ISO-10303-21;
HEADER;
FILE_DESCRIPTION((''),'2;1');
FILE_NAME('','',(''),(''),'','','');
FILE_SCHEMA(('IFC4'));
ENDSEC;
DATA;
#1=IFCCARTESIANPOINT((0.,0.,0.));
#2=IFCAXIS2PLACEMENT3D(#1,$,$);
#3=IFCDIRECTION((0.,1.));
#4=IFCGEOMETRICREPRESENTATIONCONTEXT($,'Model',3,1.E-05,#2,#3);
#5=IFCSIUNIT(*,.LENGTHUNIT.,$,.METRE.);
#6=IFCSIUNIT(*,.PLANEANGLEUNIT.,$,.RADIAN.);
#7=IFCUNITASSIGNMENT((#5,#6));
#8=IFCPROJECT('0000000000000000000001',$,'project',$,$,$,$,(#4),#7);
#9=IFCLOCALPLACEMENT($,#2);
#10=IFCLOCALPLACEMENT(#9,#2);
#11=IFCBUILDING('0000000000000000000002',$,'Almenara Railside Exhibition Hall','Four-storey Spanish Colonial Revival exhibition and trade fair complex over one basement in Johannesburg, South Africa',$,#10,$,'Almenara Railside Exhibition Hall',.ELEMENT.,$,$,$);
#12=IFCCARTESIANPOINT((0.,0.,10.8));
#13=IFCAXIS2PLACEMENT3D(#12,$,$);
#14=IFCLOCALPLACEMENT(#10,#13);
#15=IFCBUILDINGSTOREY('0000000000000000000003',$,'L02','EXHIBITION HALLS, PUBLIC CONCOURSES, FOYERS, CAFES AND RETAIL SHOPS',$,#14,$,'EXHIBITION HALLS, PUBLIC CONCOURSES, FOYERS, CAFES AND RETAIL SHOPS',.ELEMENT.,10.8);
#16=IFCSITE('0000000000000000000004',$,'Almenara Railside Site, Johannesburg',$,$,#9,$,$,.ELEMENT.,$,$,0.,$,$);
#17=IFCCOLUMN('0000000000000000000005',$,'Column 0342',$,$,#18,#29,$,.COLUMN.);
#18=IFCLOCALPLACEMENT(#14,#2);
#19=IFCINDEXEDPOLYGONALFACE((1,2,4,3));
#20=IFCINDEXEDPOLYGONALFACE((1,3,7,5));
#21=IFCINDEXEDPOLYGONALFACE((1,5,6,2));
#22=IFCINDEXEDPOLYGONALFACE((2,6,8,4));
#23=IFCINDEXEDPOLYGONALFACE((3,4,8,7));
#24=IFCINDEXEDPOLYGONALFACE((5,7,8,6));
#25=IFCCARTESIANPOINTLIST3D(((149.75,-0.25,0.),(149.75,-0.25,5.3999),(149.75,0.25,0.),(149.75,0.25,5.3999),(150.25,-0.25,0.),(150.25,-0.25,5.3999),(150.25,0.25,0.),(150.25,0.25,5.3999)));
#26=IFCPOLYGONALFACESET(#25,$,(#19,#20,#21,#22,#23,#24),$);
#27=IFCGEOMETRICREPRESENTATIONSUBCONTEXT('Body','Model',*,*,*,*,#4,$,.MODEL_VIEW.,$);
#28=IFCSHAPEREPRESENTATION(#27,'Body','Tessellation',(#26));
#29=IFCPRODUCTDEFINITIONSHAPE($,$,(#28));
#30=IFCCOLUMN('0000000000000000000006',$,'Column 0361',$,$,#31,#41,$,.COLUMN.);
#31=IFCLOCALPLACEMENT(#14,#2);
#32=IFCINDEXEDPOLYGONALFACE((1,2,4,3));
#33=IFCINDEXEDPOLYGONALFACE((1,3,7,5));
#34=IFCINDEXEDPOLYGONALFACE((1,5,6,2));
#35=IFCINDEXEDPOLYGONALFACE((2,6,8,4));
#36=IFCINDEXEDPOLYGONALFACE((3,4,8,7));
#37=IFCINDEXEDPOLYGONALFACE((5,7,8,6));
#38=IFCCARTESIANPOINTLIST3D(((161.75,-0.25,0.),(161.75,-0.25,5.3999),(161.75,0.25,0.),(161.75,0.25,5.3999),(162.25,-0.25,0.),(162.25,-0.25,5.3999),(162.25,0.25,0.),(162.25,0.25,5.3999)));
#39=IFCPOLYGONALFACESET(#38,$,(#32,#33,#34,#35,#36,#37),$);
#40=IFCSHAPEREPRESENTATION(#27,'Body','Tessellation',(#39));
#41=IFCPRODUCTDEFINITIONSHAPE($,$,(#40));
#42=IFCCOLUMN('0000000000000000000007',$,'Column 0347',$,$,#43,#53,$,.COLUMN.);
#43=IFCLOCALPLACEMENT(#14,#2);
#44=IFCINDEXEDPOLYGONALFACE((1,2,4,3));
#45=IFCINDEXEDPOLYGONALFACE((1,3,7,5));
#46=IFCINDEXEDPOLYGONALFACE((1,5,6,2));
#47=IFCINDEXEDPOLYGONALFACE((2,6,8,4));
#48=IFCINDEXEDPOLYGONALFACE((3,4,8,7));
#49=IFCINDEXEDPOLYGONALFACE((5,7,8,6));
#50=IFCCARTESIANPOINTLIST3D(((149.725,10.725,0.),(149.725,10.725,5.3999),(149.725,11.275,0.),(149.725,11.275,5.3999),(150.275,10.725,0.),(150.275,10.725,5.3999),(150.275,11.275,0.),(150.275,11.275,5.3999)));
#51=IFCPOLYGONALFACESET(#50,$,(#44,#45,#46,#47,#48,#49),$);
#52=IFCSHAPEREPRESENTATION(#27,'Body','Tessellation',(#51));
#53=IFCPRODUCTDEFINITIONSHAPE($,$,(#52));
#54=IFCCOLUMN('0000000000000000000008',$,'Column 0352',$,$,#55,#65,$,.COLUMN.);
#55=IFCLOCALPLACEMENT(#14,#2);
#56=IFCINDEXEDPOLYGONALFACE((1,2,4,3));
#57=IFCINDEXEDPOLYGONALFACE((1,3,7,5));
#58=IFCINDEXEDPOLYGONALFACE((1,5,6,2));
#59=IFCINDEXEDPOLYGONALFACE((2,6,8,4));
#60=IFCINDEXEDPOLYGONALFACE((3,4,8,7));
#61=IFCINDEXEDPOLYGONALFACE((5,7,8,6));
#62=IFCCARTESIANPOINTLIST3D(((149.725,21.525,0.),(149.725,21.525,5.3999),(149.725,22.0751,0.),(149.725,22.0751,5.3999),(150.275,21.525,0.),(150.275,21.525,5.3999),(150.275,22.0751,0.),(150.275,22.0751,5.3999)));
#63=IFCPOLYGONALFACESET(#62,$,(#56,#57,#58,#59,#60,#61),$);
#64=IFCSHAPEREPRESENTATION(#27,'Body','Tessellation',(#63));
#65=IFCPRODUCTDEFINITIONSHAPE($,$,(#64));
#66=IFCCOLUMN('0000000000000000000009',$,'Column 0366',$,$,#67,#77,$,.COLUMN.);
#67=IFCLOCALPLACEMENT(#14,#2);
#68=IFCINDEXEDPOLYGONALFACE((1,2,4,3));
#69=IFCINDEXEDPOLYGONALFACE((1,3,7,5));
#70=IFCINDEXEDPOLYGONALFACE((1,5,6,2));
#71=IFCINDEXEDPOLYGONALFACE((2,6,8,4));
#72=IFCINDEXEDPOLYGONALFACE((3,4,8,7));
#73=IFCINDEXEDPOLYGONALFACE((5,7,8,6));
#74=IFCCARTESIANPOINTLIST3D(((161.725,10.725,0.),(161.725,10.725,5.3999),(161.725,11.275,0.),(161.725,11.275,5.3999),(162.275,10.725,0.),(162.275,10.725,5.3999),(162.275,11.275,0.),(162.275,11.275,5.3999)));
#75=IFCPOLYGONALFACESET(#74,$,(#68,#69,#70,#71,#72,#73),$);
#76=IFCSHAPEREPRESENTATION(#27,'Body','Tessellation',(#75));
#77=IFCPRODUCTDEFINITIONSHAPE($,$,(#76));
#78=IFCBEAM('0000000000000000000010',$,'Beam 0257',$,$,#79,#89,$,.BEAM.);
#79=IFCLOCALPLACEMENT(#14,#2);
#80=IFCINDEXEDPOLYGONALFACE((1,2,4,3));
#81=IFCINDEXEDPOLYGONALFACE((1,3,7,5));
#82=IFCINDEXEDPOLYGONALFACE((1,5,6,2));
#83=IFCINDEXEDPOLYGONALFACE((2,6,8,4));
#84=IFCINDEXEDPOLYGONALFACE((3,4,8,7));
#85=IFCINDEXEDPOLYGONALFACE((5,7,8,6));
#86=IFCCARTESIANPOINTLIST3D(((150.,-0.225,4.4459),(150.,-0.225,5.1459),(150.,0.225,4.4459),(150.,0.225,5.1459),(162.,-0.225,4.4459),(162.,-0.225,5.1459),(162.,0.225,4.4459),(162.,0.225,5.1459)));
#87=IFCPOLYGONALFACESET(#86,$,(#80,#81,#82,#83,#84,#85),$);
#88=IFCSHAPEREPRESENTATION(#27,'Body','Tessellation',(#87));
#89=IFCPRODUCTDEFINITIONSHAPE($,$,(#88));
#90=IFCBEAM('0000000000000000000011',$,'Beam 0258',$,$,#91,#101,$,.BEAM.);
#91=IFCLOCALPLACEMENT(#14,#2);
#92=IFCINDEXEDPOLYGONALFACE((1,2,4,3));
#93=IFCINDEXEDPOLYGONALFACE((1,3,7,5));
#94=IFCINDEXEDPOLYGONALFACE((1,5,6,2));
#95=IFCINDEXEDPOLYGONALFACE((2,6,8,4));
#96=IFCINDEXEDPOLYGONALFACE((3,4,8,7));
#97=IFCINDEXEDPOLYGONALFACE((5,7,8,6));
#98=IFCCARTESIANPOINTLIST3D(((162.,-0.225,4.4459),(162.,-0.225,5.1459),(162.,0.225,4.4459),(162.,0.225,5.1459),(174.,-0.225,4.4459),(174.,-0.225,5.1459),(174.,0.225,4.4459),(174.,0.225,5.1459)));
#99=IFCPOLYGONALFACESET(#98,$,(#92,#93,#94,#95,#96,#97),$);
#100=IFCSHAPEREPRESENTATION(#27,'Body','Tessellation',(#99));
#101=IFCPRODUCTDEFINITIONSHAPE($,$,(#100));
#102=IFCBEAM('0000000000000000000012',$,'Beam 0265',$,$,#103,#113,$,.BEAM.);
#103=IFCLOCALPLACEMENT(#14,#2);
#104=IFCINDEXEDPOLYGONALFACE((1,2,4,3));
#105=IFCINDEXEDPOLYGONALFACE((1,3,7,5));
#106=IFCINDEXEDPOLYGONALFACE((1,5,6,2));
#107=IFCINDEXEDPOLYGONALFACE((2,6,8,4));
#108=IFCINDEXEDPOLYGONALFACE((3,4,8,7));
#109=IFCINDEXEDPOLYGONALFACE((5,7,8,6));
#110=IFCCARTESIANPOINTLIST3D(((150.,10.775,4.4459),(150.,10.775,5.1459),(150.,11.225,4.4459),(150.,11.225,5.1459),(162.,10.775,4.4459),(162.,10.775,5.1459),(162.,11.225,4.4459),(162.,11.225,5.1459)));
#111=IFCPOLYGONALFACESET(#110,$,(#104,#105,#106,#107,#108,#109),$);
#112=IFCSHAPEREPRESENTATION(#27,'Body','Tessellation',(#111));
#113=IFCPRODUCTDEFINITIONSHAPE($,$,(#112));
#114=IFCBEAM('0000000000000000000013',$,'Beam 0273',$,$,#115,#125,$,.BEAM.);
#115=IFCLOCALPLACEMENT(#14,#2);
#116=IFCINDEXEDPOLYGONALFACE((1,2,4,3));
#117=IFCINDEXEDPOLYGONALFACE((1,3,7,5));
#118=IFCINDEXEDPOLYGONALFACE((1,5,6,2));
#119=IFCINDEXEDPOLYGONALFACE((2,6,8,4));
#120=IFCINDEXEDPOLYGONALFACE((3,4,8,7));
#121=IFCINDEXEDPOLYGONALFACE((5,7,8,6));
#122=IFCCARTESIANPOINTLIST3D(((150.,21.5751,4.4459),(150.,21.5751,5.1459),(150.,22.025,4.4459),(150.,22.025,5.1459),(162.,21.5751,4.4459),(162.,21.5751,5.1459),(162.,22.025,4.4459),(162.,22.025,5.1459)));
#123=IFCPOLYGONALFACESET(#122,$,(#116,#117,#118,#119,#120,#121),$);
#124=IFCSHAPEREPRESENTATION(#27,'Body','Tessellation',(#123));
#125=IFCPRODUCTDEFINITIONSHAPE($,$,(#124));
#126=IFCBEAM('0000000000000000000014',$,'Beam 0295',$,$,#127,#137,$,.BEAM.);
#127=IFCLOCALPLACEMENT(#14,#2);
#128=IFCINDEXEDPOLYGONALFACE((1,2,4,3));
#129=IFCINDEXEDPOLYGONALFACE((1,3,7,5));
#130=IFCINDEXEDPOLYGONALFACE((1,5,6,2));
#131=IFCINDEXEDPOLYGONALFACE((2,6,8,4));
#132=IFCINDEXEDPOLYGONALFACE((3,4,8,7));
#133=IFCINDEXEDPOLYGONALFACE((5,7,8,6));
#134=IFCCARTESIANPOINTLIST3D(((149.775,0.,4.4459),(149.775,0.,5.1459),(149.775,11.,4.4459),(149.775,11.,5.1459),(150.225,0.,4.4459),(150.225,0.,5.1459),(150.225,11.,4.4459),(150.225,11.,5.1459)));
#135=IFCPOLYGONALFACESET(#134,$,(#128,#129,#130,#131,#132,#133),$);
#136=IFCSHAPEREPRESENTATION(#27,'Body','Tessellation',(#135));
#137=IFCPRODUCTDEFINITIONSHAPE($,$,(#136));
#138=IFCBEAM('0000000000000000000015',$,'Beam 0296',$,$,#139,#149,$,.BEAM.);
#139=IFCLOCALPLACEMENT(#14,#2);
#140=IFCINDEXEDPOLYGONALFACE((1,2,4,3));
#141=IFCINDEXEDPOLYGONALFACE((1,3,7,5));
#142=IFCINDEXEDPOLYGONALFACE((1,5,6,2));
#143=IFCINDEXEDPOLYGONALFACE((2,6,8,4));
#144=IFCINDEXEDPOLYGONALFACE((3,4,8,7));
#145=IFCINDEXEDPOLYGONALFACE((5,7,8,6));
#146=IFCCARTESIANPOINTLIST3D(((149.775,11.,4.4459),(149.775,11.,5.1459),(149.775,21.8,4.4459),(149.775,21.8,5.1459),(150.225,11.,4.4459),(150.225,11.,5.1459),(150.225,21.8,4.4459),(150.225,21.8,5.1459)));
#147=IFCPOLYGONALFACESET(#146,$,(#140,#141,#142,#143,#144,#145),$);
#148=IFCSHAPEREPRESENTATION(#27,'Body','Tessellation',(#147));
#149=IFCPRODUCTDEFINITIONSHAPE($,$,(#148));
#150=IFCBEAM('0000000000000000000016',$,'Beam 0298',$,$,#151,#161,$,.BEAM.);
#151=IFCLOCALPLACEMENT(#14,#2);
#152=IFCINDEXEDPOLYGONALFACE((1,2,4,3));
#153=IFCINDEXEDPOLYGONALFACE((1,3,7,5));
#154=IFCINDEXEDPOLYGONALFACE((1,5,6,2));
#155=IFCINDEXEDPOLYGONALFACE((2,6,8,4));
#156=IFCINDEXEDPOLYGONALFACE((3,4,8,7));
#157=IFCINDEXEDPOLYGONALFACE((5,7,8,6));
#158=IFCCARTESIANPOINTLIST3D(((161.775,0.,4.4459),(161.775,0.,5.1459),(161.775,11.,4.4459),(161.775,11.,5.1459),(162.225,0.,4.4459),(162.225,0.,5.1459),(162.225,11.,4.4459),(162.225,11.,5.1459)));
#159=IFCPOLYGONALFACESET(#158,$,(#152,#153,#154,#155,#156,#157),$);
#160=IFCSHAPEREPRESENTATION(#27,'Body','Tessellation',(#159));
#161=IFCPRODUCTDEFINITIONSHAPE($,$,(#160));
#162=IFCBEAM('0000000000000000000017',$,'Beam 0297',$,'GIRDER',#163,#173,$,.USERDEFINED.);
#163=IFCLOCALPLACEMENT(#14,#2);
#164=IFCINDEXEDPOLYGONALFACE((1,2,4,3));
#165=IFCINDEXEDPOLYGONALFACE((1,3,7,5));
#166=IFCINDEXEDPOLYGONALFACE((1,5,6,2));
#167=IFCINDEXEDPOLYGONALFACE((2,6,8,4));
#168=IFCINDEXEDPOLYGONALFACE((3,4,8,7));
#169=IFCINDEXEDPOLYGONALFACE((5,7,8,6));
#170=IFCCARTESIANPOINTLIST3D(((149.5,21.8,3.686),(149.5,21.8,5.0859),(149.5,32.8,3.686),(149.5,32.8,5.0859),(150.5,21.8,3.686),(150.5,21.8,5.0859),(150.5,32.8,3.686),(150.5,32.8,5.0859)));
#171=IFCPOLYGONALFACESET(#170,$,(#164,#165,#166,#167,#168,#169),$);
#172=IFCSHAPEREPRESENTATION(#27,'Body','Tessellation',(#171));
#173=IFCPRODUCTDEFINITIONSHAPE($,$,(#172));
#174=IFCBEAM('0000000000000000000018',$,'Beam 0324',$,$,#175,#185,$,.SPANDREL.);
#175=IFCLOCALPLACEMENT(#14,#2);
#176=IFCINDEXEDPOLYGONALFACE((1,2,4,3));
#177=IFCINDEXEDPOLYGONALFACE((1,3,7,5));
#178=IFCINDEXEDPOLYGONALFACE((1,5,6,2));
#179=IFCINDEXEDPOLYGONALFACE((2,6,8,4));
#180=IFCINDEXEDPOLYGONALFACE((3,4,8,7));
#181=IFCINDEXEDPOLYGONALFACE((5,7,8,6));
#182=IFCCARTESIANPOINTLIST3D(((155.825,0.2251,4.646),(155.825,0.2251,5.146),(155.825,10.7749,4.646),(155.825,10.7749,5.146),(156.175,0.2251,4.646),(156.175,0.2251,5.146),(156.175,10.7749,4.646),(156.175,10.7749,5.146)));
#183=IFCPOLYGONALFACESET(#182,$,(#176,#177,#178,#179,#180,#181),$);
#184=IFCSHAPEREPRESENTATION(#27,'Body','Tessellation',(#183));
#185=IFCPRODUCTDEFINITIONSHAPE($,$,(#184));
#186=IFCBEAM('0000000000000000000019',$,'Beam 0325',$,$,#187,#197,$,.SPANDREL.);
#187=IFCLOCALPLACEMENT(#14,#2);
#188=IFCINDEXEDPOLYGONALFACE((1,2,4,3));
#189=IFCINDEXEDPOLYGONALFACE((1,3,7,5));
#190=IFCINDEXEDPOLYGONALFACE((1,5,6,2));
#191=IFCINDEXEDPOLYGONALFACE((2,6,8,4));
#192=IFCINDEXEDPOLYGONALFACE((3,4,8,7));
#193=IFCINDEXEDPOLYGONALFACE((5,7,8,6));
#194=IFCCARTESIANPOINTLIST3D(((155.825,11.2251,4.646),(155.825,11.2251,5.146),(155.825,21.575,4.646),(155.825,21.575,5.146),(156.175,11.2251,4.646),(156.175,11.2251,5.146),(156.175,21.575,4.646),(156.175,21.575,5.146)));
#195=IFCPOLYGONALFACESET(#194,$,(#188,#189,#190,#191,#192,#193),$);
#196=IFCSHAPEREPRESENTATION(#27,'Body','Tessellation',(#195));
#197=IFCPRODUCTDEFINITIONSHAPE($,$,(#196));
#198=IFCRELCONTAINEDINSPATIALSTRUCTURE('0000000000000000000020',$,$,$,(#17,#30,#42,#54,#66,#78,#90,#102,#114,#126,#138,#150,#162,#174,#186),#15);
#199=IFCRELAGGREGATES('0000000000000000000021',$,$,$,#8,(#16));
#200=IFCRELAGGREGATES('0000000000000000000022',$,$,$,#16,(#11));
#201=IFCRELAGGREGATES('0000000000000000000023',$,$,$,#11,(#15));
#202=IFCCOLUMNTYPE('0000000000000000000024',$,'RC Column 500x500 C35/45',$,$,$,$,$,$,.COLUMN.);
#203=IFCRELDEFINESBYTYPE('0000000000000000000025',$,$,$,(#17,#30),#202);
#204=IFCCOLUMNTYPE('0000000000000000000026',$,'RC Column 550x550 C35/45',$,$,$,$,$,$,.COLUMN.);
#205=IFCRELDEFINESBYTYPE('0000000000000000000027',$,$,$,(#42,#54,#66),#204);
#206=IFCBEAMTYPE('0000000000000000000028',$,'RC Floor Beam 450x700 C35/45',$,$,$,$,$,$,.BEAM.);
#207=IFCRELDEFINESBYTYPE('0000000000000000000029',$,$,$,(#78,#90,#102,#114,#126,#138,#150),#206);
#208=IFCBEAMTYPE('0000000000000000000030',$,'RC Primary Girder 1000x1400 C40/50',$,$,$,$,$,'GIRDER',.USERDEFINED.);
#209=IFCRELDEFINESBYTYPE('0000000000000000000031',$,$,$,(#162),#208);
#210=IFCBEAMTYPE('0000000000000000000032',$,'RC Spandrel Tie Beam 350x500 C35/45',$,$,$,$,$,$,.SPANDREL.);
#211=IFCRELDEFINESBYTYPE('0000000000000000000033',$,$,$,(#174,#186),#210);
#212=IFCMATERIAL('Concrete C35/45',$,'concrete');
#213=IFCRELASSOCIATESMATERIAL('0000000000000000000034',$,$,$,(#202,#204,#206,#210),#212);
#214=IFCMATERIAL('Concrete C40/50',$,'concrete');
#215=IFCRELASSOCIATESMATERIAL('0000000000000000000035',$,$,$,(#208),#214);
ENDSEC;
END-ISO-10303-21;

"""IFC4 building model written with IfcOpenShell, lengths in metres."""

from ifc_helpers import new_model, si_unit, direction, frame, origin, origin_2d, place, context, subcontext, project, spatial, rectangle, extrude, material, material_profile, profile_set, type_object, element, save


model = new_model("IFC4")

# Units and contexts
model_context = context("Model", 3, precision=1e-05, world=origin(), true_north=direction((0.0, 1.0)))
body_context = subcontext(model_context, "Body", "Model", "MODEL_VIEW")
ifc_project = project(units=[si_unit("LENGTHUNIT", "METRE"), si_unit("PLANEANGLEUNIT", "RADIAN")], contexts=[model_context])

# Site, building, storey
site_placement = place(None, origin())
site = spatial("IfcSite", under=ifc_project, at=site_placement, Name="Almenara Railside Site, Johannesburg", CompositionType="ELEMENT", RefElevation=0.0)
building_placement = place(site_placement, origin())
building = spatial("IfcBuilding", under=site, at=building_placement, Name="Almenara Railside Exhibition Hall", Description="Four-storey Spanish Colonial Revival exhibition and trade fair complex over one basement in Johannesburg, South Africa", LongName="Almenara Railside Exhibition Hall", CompositionType="ELEMENT")
storey_placement = place(building_placement, frame((0.0, 0.0, 10.8)))
storey = spatial("IfcBuildingStorey", under=building, at=storey_placement, Name="L02", Description="EXHIBITION HALLS, PUBLIC CONCOURSES, FOYERS, CAFES AND RETAIL SHOPS", LongName="EXHIBITION HALLS, PUBLIC CONCOURSES, FOYERS, CAFES AND RETAIL SHOPS", CompositionType="ELEMENT", Elevation=10.8)

# Columns
ifc_material_1 = material(Name="Concrete C35/45", Category="concrete")
ifc_material_profile_1 = material_profile(ifc_material_1, rectangle(XDim=0.5, YDim=0.5, at=origin_2d()), Name="RC 500x500")
ifc_profile_set_1 = profile_set([ifc_material_profile_1], Name="Concrete C35/45")
column_type_1 = type_object("IfcColumnType", Name="RC Column 500x500 C35/45", PredefinedType="COLUMN", material=ifc_profile_set_1)
for number, where, z_axis, x_axis, name in (
    (1, (150.0, 0.0, 0.0), (0.0, 0.0, 1.0), (1.0, 0.0, 0.0), "Column 0342"),
    (2, (162.0, 0.0, 0.0), (0.0, 0.0, 1.0), (1.0, 0.0, 0.0), "Column 0361"),
):
    element("IfcColumn", number, at=place(storey_placement, frame(where, z_axis=z_axis, x_axis=x_axis)), inside=storey, type_object=column_type_1, Name=name, PredefinedType="COLUMN", context=body_context, shape_type="SweptSolid", body=[
        extrude(rectangle(XDim=0.5, YDim=0.5, at=origin_2d()), origin(), (0.0, 0.0, 1.0), 5.3999),
    ])
ifc_material_profile_2 = material_profile(ifc_material_1, rectangle(XDim=0.55, YDim=0.55, at=origin_2d()), Name="RC 550x550")
ifc_profile_set_2 = profile_set([ifc_material_profile_2], Name="Concrete C35/45")
column_type_2 = type_object("IfcColumnType", Name="RC Column 550x550 C35/45", PredefinedType="COLUMN", material=ifc_profile_set_2)
for number, where, z_axis, x_axis, name in (
    (3, (150.0, 11.0, 0.0), (0.0, 0.0, 1.0), (1.0, 0.0, 0.0), "Column 0347"),
    (4, (150.0, 21.8, 0.0), (0.0, 0.0, 1.0), (1.0, 0.0, 0.0), "Column 0352"),
    (5, (162.0, 11.0, 0.0), (0.0, 0.0, 1.0), (1.0, 0.0, 0.0), "Column 0366"),
):
    element("IfcColumn", number, at=place(storey_placement, frame(where, z_axis=z_axis, x_axis=x_axis)), inside=storey, type_object=column_type_2, Name=name, PredefinedType="COLUMN", context=body_context, shape_type="SweptSolid", body=[
        extrude(rectangle(XDim=0.55, YDim=0.55, at=origin_2d()), origin(), (0.0, 0.0, 1.0), 5.3999),
    ])

# Beams
ifc_material_profile_3 = material_profile(ifc_material_1, rectangle(XDim=0.45, YDim=0.7, at=origin_2d()), Name="RC 450x700")
ifc_profile_set_3 = profile_set([ifc_material_profile_3], Name="Concrete C35/45")
beam_type_1 = type_object("IfcBeamType", Name="RC Floor Beam 450x700 C35/45", PredefinedType="BEAM", material=ifc_profile_set_3)
for number, where, z_axis, x_axis, name in (
    (6, (150.0, 0.0, 4.7959), (1.0, 0.0, 0.0), (0.0, 1.0, 0.0), "Beam 0257"),
    (7, (162.0, 0.0, 4.7959), (1.0, 0.0, 0.0), (0.0, 1.0, 0.0), "Beam 0258"),
    (8, (150.0, 11.0, 4.7959), (1.0, 0.0, 0.0), (0.0, 1.0, 0.0), "Beam 0265"),
    (9, (150.0, 21.8, 4.7959), (1.0, 0.0, 0.0), (0.0, 1.0, 0.0), "Beam 0273"),
):
    element("IfcBeam", number, at=place(storey_placement, frame(where, z_axis=z_axis, x_axis=x_axis)), inside=storey, type_object=beam_type_1, Name=name, PredefinedType="BEAM", context=body_context, shape_type="SweptSolid", body=[
        extrude(rectangle(XDim=0.45, YDim=0.7, at=origin_2d()), origin(), (0.0, 0.0, 1.0), 12.0),
    ])
beam_1_placement = place(storey_placement, frame((150.0, 0.0, 4.7959), z_axis=(0.0, 1.0, 0.0), x_axis=(-1.0, 0.0, 0.0)))
element("IfcBeam", 10, at=beam_1_placement, inside=storey, type_object=beam_type_1, Name="Beam 0295", PredefinedType="BEAM", context=body_context, shape_type="SweptSolid", body=[
    extrude(rectangle(XDim=0.45, YDim=0.7, at=origin_2d()), origin(), (0.0, 0.0, 1.0), 11.0),
])
beam_2_placement = place(storey_placement, frame((150.0, 11.0, 4.7959), z_axis=(0.0, 1.0, 0.0), x_axis=(-1.0, 0.0, 0.0)))
element("IfcBeam", 11, at=beam_2_placement, inside=storey, type_object=beam_type_1, Name="Beam 0296", PredefinedType="BEAM", context=body_context, shape_type="SweptSolid", body=[
    extrude(rectangle(XDim=0.45, YDim=0.7, at=origin_2d()), origin(), (0.0, 0.0, 1.0), 10.8),
])
beam_3_placement = place(storey_placement, frame((162.0, 0.0, 4.7959), z_axis=(0.0, 1.0, 0.0), x_axis=(-1.0, 0.0, 0.0)))
element("IfcBeam", 12, at=beam_3_placement, inside=storey, type_object=beam_type_1, Name="Beam 0298", PredefinedType="BEAM", context=body_context, shape_type="SweptSolid", body=[
    extrude(rectangle(XDim=0.45, YDim=0.7, at=origin_2d()), origin(), (0.0, 0.0, 1.0), 11.0),
])
ifc_material_2 = material(Name="Concrete C40/50", Category="concrete")
ifc_material_profile_4 = material_profile(ifc_material_2, rectangle(XDim=1.0, YDim=1.3999, at=origin_2d()), Name="RC 1000x1400")
ifc_profile_set_4 = profile_set([ifc_material_profile_4], Name="Concrete C40/50")
beam_type_2 = type_object("IfcBeamType", Name="RC Primary Girder 1000x1400 C40/50", ElementType="GIRDER", PredefinedType="USERDEFINED", material=ifc_profile_set_4)
beam_4_placement = place(storey_placement, frame((150.0, 21.8, 4.386), z_axis=(0.0, 1.0, 0.0), x_axis=(-1.0, 0.0, 0.0)))
element("IfcBeam", 13, at=beam_4_placement, inside=storey, type_object=beam_type_2, Name="Beam 0297", ObjectType="GIRDER", PredefinedType="USERDEFINED", context=body_context, shape_type="SweptSolid", body=[
    extrude(rectangle(XDim=1.0, YDim=1.3999, at=origin_2d()), origin(), (0.0, 0.0, 1.0), 11.0),
])
ifc_material_profile_5 = material_profile(ifc_material_1, rectangle(XDim=0.3501, YDim=0.5, at=origin_2d()), Name="RC 350x500")
ifc_profile_set_5 = profile_set([ifc_material_profile_5], Name="Concrete C35/45")
beam_type_3 = type_object("IfcBeamType", Name="RC Spandrel Tie Beam 350x500 C35/45", PredefinedType="SPANDREL", material=ifc_profile_set_5)
beam_5_placement = place(storey_placement, frame((156.0, 0.2251, 4.896), z_axis=(0.0, 1.0, 0.0), x_axis=(-1.0, 0.0, 0.0)))
element("IfcBeam", 14, at=beam_5_placement, inside=storey, type_object=beam_type_3, Name="Beam 0324", PredefinedType="SPANDREL", context=body_context, shape_type="SweptSolid", body=[
    extrude(rectangle(XDim=0.3501, YDim=0.5, at=origin_2d()), origin(), (0.0, 0.0, 1.0), 10.5498),
])
beam_6_placement = place(storey_placement, frame((156.0, 11.2251, 4.896), z_axis=(0.0, 1.0, 0.0), x_axis=(-1.0, 0.0, 0.0)))
element("IfcBeam", 15, at=beam_6_placement, inside=storey, type_object=beam_type_3, Name="Beam 0325", PredefinedType="SPANDREL", context=body_context, shape_type="SweptSolid", body=[
    extrude(rectangle(XDim=0.3501, YDim=0.5, at=origin_2d()), origin(), (0.0, 0.0, 1.0), 10.3499),
])

save(model, "model.ifc")
